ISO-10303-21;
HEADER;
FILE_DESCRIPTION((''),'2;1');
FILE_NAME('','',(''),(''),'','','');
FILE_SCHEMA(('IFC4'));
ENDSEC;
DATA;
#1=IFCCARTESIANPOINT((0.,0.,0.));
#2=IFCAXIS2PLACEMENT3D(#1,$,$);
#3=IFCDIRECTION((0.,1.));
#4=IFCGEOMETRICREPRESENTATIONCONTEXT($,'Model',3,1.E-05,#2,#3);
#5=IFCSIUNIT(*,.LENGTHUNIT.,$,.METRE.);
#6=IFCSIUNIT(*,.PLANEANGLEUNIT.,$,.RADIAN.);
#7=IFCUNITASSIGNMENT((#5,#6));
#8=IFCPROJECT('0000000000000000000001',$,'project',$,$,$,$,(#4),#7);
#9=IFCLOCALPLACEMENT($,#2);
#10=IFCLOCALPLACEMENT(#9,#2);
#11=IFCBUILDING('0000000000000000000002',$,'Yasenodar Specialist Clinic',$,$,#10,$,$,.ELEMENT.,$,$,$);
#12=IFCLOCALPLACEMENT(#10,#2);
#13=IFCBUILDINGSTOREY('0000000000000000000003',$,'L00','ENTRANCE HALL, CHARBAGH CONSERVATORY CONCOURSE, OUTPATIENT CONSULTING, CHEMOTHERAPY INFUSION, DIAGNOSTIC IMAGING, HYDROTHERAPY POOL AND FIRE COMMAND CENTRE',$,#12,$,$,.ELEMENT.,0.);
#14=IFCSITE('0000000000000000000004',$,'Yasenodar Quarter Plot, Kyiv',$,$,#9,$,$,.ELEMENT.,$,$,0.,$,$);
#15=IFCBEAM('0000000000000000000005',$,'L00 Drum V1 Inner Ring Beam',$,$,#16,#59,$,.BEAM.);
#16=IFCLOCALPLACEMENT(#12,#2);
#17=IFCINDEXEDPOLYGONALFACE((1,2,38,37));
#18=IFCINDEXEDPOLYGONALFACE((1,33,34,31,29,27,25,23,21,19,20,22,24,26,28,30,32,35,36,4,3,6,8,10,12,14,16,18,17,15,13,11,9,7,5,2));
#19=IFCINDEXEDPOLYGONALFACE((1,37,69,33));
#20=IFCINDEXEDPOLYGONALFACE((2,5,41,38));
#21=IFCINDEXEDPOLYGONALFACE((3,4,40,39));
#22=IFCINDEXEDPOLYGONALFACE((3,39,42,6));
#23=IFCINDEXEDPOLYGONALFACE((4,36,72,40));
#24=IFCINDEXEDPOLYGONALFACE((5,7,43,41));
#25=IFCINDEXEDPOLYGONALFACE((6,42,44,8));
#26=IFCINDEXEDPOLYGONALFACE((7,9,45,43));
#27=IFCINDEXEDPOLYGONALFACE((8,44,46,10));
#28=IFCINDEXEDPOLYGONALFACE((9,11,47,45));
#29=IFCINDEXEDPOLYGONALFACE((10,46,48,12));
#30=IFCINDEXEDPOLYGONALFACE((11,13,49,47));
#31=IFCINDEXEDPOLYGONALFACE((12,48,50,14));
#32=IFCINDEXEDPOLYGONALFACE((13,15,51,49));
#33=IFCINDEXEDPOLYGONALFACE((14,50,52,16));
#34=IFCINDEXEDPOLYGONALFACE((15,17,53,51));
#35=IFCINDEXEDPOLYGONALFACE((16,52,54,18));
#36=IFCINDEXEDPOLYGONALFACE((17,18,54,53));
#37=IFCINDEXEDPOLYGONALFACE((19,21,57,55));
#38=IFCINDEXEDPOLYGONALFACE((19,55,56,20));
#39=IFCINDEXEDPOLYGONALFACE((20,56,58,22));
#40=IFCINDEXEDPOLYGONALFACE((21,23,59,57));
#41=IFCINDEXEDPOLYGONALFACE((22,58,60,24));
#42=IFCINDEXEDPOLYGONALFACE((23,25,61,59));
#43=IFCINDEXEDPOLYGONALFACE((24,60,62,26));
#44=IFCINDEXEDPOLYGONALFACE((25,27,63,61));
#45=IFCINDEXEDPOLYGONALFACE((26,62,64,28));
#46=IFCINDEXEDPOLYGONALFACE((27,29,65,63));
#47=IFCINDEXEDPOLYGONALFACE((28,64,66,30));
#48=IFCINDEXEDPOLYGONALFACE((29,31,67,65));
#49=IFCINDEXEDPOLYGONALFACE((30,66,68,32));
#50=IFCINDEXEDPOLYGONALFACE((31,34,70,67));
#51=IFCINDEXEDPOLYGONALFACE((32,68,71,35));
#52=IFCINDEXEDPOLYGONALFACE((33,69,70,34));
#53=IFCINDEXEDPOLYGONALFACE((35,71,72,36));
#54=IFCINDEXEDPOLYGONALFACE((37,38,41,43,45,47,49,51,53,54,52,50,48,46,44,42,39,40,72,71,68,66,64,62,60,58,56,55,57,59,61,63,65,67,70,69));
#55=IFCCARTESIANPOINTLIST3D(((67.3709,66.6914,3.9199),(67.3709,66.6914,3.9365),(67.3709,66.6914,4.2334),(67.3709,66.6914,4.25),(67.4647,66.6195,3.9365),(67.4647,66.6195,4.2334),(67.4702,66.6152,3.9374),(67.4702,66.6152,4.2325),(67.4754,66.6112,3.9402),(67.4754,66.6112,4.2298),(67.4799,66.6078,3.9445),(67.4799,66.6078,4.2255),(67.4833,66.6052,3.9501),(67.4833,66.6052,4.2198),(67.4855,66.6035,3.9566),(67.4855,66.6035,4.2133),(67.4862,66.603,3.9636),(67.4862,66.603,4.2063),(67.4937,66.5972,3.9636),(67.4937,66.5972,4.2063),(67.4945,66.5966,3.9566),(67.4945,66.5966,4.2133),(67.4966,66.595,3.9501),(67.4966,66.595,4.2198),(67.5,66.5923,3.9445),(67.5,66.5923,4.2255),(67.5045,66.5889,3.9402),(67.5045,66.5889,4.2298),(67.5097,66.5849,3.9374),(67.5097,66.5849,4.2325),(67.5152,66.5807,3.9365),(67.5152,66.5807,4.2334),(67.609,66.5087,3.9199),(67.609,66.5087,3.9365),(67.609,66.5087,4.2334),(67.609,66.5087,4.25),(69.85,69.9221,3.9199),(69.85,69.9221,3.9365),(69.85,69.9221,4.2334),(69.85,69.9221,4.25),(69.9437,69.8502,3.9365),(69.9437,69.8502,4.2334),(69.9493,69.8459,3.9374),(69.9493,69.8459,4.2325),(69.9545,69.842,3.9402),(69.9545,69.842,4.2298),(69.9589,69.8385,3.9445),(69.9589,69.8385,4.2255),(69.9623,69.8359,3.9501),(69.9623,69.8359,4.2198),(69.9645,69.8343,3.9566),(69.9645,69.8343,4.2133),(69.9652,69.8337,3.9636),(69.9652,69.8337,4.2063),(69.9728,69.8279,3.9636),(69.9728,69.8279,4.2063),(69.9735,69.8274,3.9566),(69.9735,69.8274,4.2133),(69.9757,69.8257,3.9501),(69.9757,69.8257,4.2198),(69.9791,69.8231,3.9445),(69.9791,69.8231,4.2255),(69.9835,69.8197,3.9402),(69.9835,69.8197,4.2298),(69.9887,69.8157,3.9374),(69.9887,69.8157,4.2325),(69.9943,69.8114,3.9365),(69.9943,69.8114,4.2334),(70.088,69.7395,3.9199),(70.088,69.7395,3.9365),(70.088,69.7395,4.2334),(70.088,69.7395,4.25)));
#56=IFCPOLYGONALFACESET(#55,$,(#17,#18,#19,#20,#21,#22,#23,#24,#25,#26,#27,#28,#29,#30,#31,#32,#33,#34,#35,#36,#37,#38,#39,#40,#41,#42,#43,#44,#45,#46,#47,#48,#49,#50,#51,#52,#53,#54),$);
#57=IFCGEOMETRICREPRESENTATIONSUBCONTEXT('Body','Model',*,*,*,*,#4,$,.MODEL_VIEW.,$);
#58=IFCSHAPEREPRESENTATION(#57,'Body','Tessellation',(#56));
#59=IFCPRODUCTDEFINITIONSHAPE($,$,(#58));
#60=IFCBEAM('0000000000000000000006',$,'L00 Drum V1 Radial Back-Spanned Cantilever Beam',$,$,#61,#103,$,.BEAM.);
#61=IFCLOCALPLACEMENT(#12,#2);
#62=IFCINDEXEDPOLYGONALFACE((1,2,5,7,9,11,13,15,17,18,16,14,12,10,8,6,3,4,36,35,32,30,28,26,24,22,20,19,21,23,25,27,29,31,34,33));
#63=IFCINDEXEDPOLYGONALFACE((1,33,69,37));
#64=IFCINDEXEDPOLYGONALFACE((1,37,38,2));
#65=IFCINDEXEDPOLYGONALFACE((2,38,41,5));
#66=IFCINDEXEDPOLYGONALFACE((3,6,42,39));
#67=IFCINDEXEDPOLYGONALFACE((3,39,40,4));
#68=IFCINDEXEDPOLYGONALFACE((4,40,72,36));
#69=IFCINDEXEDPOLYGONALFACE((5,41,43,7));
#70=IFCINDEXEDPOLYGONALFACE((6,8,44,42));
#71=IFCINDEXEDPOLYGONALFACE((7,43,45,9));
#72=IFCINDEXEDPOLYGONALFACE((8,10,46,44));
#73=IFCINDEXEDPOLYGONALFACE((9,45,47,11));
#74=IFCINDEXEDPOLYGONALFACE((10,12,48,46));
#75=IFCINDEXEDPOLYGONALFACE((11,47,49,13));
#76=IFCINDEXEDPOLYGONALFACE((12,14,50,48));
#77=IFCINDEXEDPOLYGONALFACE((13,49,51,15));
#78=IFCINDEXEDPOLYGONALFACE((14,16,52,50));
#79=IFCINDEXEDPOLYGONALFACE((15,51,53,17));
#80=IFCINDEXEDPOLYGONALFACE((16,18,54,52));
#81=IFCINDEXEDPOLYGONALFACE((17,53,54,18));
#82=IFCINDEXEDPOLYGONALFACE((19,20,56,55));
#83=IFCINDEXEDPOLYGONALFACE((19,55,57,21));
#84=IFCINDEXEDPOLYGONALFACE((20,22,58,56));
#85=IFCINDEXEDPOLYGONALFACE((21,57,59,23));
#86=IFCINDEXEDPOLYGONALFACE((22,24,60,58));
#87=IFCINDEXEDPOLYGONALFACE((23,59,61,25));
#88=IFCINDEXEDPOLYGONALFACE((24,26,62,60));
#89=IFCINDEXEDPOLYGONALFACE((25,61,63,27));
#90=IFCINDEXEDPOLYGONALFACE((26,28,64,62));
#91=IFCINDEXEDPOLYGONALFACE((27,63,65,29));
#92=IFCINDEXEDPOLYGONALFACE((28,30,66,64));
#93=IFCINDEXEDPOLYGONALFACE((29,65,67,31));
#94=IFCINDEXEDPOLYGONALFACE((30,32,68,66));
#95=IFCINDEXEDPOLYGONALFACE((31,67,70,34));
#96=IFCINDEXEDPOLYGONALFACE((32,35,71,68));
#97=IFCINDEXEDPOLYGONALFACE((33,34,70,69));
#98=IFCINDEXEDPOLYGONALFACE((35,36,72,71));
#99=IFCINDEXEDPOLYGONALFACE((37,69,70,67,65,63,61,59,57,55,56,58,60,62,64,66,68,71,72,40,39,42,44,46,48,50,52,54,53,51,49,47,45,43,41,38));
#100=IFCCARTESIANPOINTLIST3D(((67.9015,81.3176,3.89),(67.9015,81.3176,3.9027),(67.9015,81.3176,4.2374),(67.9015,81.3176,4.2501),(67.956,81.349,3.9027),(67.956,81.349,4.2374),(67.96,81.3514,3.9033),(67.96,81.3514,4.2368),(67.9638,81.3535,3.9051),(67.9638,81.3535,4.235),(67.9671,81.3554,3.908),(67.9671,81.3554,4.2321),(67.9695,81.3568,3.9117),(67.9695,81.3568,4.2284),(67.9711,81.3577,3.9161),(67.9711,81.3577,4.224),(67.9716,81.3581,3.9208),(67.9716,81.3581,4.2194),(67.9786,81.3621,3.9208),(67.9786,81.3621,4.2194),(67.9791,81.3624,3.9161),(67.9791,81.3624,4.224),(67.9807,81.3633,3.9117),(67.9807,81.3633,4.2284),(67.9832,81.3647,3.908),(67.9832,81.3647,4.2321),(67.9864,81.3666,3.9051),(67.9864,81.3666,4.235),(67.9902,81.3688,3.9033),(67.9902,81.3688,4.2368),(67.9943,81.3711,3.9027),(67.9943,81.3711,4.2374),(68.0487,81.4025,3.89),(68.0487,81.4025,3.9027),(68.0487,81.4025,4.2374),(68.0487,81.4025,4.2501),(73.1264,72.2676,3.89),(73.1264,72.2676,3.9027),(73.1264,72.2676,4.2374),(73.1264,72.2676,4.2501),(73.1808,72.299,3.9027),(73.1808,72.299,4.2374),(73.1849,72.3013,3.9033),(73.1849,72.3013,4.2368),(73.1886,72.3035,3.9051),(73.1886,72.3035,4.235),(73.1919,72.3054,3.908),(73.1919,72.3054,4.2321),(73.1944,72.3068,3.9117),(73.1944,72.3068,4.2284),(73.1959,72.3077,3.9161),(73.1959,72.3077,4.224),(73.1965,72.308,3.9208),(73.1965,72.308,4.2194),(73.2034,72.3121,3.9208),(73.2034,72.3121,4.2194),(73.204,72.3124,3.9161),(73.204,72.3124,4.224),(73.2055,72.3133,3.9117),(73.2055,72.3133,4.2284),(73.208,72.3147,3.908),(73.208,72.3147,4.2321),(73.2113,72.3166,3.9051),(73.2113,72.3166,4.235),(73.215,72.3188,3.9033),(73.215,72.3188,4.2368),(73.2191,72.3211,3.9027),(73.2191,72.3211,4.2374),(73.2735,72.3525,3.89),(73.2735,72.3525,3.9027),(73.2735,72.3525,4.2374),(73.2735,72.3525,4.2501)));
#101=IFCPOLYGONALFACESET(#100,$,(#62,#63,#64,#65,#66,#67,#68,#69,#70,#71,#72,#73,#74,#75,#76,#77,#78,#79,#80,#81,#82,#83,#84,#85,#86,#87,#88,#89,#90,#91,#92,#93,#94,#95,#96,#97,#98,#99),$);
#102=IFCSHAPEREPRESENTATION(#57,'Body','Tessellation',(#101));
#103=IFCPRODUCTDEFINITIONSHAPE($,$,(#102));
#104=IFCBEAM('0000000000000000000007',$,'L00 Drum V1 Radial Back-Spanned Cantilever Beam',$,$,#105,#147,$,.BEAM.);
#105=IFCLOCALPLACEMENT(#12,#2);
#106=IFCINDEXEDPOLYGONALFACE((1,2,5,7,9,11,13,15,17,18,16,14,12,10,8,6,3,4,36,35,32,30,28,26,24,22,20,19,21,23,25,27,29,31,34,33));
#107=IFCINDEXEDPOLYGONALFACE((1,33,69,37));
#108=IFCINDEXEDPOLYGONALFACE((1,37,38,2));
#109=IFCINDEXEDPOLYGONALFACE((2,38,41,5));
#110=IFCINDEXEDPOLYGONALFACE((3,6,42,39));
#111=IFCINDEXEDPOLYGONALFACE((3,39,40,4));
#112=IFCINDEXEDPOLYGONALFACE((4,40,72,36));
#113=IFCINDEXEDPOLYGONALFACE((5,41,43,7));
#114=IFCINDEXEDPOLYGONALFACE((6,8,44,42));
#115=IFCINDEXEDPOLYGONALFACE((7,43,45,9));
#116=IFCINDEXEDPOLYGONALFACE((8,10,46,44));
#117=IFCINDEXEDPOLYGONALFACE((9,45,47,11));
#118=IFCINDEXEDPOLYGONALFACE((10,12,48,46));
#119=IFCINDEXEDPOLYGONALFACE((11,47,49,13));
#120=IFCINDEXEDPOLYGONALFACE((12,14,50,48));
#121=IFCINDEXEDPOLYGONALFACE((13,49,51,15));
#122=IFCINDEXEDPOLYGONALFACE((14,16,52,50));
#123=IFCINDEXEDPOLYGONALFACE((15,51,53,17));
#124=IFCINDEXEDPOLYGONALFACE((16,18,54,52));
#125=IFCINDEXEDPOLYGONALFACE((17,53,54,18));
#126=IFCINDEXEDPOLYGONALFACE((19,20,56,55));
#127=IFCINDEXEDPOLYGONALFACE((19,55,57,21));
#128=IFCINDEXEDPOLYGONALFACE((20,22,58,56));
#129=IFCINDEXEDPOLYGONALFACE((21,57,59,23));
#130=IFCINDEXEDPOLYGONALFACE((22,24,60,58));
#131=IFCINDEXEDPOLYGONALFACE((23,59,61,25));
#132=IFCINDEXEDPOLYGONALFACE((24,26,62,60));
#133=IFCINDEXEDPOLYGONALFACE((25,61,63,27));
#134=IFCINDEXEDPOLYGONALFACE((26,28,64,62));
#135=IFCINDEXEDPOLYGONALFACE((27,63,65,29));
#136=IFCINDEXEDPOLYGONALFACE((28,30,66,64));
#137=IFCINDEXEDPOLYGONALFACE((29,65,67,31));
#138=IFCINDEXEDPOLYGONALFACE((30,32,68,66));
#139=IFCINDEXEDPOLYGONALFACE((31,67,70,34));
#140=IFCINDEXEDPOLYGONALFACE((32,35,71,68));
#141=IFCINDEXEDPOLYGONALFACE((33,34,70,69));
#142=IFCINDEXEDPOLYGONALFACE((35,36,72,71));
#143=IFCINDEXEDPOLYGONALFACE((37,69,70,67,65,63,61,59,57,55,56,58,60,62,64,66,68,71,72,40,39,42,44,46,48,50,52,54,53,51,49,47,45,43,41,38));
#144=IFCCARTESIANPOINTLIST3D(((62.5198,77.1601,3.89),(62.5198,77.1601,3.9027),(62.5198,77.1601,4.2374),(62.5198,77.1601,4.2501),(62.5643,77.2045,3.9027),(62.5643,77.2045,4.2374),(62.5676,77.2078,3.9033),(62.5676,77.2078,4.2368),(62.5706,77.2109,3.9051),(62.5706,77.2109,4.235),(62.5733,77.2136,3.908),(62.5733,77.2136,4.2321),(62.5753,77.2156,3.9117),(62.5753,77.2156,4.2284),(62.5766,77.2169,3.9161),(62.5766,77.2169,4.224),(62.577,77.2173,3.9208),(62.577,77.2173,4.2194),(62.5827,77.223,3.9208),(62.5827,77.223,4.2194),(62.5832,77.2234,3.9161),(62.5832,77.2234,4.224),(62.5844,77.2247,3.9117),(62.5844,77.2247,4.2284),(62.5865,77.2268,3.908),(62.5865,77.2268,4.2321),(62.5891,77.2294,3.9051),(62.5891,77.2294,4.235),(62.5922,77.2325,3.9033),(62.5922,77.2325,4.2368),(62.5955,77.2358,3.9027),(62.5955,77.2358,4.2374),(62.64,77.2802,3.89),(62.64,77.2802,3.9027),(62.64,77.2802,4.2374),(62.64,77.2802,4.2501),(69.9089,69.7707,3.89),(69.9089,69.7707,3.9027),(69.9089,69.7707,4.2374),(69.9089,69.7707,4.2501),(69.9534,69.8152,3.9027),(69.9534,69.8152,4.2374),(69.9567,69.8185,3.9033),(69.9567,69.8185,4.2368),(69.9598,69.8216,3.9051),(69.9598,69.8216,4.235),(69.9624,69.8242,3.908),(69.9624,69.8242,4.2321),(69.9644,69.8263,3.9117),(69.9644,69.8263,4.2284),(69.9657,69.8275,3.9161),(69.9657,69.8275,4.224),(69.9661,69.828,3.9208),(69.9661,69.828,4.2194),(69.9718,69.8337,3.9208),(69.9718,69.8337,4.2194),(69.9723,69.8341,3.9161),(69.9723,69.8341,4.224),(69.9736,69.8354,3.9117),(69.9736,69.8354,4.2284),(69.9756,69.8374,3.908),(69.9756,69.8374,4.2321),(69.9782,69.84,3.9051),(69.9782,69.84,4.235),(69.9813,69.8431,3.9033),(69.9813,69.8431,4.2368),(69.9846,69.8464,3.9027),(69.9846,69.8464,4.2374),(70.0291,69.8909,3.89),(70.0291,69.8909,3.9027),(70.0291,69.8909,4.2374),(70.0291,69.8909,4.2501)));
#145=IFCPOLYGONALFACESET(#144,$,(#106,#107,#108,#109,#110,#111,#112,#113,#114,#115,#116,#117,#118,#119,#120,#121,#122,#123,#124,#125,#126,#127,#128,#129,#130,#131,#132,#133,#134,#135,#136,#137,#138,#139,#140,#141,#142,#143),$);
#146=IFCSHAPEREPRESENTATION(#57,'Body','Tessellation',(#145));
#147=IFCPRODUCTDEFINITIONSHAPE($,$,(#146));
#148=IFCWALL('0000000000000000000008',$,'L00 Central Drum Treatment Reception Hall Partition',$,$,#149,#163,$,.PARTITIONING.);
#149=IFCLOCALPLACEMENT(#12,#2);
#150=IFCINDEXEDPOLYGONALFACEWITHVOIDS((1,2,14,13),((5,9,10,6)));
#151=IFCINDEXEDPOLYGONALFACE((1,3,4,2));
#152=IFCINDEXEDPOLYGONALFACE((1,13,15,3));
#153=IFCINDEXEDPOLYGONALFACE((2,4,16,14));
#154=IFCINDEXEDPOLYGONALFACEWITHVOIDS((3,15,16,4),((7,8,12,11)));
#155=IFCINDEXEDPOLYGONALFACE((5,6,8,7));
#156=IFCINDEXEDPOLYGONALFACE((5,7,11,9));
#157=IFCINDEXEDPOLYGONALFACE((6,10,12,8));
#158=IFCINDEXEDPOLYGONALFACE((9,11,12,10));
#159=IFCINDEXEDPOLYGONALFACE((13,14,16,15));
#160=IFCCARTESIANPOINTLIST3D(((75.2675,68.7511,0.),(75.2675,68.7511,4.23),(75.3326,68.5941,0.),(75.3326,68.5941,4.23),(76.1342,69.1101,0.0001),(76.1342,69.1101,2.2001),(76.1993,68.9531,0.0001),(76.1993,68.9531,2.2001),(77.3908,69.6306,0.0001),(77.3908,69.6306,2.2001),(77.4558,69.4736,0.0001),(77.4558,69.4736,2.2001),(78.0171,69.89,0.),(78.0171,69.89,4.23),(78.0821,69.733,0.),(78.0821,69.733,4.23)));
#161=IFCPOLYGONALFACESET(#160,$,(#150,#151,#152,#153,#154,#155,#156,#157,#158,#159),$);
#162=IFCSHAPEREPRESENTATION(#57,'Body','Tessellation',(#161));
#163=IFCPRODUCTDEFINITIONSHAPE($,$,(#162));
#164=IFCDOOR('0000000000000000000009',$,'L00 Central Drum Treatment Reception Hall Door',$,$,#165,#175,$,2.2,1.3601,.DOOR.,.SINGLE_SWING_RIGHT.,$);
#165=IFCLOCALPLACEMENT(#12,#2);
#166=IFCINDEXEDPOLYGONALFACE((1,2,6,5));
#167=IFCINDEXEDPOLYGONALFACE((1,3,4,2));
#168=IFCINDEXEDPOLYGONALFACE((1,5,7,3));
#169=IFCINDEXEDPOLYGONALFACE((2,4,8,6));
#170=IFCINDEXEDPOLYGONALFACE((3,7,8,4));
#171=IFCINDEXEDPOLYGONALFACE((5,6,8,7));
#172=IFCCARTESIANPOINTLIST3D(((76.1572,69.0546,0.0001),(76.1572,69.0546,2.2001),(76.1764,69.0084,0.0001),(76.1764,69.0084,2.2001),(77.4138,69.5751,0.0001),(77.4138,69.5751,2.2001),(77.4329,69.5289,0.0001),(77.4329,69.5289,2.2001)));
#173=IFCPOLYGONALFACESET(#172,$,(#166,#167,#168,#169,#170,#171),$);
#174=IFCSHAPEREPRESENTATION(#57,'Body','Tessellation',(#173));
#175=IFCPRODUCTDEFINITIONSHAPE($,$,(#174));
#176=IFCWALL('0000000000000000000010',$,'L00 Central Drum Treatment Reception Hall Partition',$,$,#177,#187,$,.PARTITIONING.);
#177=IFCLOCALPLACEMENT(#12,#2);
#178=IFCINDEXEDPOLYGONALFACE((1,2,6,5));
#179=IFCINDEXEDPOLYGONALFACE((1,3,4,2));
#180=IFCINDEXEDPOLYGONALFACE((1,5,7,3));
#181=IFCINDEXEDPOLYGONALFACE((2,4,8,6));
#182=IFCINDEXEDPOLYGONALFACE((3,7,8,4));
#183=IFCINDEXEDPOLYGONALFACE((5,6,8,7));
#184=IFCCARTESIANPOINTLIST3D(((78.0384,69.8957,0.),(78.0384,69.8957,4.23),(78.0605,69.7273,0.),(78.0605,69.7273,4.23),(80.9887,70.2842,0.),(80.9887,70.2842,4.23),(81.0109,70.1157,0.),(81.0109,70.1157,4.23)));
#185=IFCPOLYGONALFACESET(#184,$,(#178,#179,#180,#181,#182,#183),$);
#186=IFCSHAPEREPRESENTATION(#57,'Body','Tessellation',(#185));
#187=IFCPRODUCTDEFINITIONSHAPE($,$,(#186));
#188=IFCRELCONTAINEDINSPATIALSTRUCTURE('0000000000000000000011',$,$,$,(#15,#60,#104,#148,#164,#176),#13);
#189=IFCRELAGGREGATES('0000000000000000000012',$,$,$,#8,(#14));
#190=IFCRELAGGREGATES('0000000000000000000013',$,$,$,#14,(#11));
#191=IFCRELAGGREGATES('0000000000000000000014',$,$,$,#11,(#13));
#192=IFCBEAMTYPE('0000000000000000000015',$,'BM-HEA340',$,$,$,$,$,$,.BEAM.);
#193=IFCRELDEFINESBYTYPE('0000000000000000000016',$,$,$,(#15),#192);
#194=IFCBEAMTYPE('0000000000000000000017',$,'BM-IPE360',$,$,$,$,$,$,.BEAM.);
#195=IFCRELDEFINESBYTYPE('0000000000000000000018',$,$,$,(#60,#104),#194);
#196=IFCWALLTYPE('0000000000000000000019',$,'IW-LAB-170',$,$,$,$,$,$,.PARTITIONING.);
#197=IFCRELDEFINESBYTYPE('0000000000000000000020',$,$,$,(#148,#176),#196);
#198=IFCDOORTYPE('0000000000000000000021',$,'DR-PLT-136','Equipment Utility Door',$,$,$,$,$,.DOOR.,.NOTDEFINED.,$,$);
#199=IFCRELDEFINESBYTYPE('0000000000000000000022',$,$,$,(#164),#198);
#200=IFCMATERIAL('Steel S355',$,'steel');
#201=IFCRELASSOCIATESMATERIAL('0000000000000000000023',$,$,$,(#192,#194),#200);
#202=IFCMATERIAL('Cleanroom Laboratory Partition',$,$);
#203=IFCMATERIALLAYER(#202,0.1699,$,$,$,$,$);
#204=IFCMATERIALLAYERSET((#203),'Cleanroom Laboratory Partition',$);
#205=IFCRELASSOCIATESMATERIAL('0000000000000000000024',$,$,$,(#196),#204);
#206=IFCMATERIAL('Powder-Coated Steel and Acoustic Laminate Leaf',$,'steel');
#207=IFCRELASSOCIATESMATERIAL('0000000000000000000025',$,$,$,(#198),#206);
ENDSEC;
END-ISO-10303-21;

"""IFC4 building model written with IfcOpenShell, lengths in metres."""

from ifc_helpers import new_model, si_unit, direction, frame, frame_2d, origin, origin_2d, place, context, subcontext, project, spatial, rectangle, i_section, extrude, material, layer, layer_set, material_profile, profile_set, type_object, element, fill, save


model = new_model("IFC4")

# Units and contexts
model_context = context("Model", 3, precision=1e-05, world=origin(), true_north=direction((0.0, 1.0)))
body_context = subcontext(model_context, "Body", "Model", "MODEL_VIEW")
ifc_project = project(units=[si_unit("LENGTHUNIT", "METRE"), si_unit("PLANEANGLEUNIT", "RADIAN")], contexts=[model_context])

# Site, building, storey
site_placement = place(None, origin())
site = spatial("IfcSite", under=ifc_project, at=site_placement, Name="Yasenodar Quarter Plot, Kyiv", CompositionType="ELEMENT", RefElevation=0.0)
building_placement = place(site_placement, origin())
building = spatial("IfcBuilding", under=site, at=building_placement, Name="Yasenodar Specialist Clinic", CompositionType="ELEMENT")
storey_placement = place(building_placement, origin())
storey = spatial("IfcBuildingStorey", under=building, at=storey_placement, Name="L00", Description="ENTRANCE HALL, CHARBAGH CONSERVATORY CONCOURSE, OUTPATIENT CONSULTING, CHEMOTHERAPY INFUSION, DIAGNOSTIC IMAGING, HYDROTHERAPY POOL AND FIRE COMMAND CENTRE", CompositionType="ELEMENT", Elevation=0.0)

# Shared definitions
ifc_material_1 = material(Name="Steel S355", Category="steel")

# Beams
ifc_material_profile_1 = material_profile(ifc_material_1, i_section(OverallWidth=0.3, OverallDepth=0.3301, WebThickness=0.0095, FlangeThickness=0.0166, FilletRadius=0.0271, at=origin_2d()), Name="HEA 340")
ifc_profile_set_1 = profile_set([ifc_material_profile_1], Name="Steel S355")
beam_type_1 = type_object("IfcBeamType", Name="BM-HEA340", PredefinedType="BEAM", material=ifc_profile_set_1)
beam_1_placement = place(storey_placement, frame((69.969, 69.8308, 4.085), z_axis=(-0.60876, -0.793354, 0.0), x_axis=(0.793354, -0.60876, 0.0)))
element("IfcBeam", 1, at=beam_1_placement, inside=storey, type_object=beam_type_1, Name="L00 Drum V1 Inner Ring Beam", PredefinedType="BEAM", context=body_context, shape_type="SweptSolid", body=[
    extrude(i_section(OverallWidth=0.3, OverallDepth=0.3301, WebThickness=0.0095, FlangeThickness=0.0166, FilletRadius=0.0271, at=origin_2d()), origin(), (0.0, 0.0, 1.0), 4.0723),
])
ifc_material_profile_2 = material_profile(ifc_material_1, i_section(OverallWidth=0.1699, OverallDepth=0.3601, WebThickness=0.0081, FlangeThickness=0.0127, FilletRadius=0.0181, at=origin_2d()), Name="IPE 360")
ifc_profile_set_2 = profile_set([ifc_material_profile_2], Name="Steel S355")
beam_type_2 = type_object("IfcBeamType", Name="BM-IPE360", PredefinedType="BEAM", material=ifc_profile_set_2)
for number, where, z_axis, x_axis, name in (
    (2, (73.2, 72.3101, 4.0701), (-0.499986, 0.866033, 0.0), (-0.866033, -0.499986, 0.0), "L00 Drum V1 Radial Back-Spanned Cantilever Beam"),
    (3, (69.969, 69.8308, 4.0701), (-0.707095, 0.707118, 0.0), (-0.707118, -0.707095, 0.0), "L00 Drum V1 Radial Back-Spanned Cantilever Beam"),
):
    element("IfcBeam", number, at=place(storey_placement, frame(where, z_axis=z_axis, x_axis=x_axis)), inside=storey, type_object=beam_type_2, Name=name, PredefinedType="BEAM", context=body_context, shape_type="SweptSolid", body=[
        extrude(i_section(OverallWidth=0.1699, OverallDepth=0.3601, WebThickness=0.0081, FlangeThickness=0.0127, FilletRadius=0.0181, at=origin_2d()), origin(), (0.0, 0.0, 1.0), 10.45),
    ])

# Wall, opening, door
ifc_material_2 = material(Name="Cleanroom Laboratory Partition")
ifc_layer_1 = layer(ifc_material_2, 0.1699)
ifc_layer_set_1 = layer_set([ifc_layer_1], Name="Cleanroom Laboratory Partition")
wall_type_1 = type_object("IfcWallType", Name="IW-LAB-170", PredefinedType="PARTITIONING", material=ifc_layer_set_1)
wall_1_placement = place(storey_placement, frame((75.3, 68.6726, 0.0), z_axis=(0.0, 0.0, 1.0), x_axis=(0.923876, 0.382692, 0.0)))
wall_1 = element("IfcWall", 4, at=wall_1_placement, inside=storey, type_object=wall_type_1, Name="L00 Central Drum Treatment Reception Hall Partition", PredefinedType="PARTITIONING", context=body_context, shape_type="SweptSolid", body=[
    extrude(rectangle(XDim=2.9761, YDim=0.1699, at=frame_2d((1.488, 0.0))), origin(), (0.0, 0.0, 1.0), 4.23),
])
opening_1_placement = place(wall_1_placement, frame((0.938, 0.0, 0.0)))
opening_1 = element("IfcOpeningElement", 5, at=opening_1_placement, cuts=wall_1, PredefinedType="OPENING", context=body_context, shape_type="SweptSolid", body=[
    extrude(rectangle(XDim=1.3601, YDim=2.2, at=frame_2d((0.6802, 1.1001))), frame((0.0, 0.095, 0.0), z_axis=(0.0, -1.0, 0.0), x_axis=(1.0, 0.0, 0.0)), (0.0, 0.0, 1.0), 0.1899),
])
ifc_material_3 = material(Name="Powder-Coated Steel and Acoustic Laminate Leaf", Category="steel")
door_type_1 = type_object("IfcDoorType", Name="DR-PLT-136", Description="Equipment Utility Door", OperationType="NOTDEFINED", PredefinedType="DOOR", material=ifc_material_3)
door_1_placement = place(opening_1_placement, origin())
door_1 = element("IfcDoor", 6, at=door_1_placement, inside=storey, type_object=door_type_1, Name="L00 Central Drum Treatment Reception Hall Door", OperationType="SINGLE_SWING_RIGHT", OverallHeight=2.2, OverallWidth=1.3601, PredefinedType="DOOR", context=body_context, shape_type="SweptSolid", body=[
    extrude(rectangle(XDim=1.3601, YDim=2.2, at=frame_2d((0.6802, 1.1001))), frame((0.0, 0.0249, 0.0), z_axis=(0.0, -1.0, 0.0), x_axis=(1.0, 0.0, 0.0)), (0.0, 0.0, 1.0), 0.05),
])
fill(opening_1, door_1)

# Wall
wall_2_placement = place(storey_placement, frame((78.0496, 69.8115, 0.0), z_axis=(0.0, 0.0, 1.0), x_axis=(0.991445, 0.130525, 0.0)))
element("IfcWall", 7, at=wall_2_placement, inside=storey, type_object=wall_type_1, Name="L00 Central Drum Treatment Reception Hall Partition", PredefinedType="PARTITIONING", context=body_context, shape_type="SweptSolid", body=[
    extrude(rectangle(XDim=2.9758, YDim=0.1699, at=frame_2d((1.4878, 0.0))), origin(), (0.0, 0.0, 1.0), 4.23),
])

save(model, "model.ifc")
